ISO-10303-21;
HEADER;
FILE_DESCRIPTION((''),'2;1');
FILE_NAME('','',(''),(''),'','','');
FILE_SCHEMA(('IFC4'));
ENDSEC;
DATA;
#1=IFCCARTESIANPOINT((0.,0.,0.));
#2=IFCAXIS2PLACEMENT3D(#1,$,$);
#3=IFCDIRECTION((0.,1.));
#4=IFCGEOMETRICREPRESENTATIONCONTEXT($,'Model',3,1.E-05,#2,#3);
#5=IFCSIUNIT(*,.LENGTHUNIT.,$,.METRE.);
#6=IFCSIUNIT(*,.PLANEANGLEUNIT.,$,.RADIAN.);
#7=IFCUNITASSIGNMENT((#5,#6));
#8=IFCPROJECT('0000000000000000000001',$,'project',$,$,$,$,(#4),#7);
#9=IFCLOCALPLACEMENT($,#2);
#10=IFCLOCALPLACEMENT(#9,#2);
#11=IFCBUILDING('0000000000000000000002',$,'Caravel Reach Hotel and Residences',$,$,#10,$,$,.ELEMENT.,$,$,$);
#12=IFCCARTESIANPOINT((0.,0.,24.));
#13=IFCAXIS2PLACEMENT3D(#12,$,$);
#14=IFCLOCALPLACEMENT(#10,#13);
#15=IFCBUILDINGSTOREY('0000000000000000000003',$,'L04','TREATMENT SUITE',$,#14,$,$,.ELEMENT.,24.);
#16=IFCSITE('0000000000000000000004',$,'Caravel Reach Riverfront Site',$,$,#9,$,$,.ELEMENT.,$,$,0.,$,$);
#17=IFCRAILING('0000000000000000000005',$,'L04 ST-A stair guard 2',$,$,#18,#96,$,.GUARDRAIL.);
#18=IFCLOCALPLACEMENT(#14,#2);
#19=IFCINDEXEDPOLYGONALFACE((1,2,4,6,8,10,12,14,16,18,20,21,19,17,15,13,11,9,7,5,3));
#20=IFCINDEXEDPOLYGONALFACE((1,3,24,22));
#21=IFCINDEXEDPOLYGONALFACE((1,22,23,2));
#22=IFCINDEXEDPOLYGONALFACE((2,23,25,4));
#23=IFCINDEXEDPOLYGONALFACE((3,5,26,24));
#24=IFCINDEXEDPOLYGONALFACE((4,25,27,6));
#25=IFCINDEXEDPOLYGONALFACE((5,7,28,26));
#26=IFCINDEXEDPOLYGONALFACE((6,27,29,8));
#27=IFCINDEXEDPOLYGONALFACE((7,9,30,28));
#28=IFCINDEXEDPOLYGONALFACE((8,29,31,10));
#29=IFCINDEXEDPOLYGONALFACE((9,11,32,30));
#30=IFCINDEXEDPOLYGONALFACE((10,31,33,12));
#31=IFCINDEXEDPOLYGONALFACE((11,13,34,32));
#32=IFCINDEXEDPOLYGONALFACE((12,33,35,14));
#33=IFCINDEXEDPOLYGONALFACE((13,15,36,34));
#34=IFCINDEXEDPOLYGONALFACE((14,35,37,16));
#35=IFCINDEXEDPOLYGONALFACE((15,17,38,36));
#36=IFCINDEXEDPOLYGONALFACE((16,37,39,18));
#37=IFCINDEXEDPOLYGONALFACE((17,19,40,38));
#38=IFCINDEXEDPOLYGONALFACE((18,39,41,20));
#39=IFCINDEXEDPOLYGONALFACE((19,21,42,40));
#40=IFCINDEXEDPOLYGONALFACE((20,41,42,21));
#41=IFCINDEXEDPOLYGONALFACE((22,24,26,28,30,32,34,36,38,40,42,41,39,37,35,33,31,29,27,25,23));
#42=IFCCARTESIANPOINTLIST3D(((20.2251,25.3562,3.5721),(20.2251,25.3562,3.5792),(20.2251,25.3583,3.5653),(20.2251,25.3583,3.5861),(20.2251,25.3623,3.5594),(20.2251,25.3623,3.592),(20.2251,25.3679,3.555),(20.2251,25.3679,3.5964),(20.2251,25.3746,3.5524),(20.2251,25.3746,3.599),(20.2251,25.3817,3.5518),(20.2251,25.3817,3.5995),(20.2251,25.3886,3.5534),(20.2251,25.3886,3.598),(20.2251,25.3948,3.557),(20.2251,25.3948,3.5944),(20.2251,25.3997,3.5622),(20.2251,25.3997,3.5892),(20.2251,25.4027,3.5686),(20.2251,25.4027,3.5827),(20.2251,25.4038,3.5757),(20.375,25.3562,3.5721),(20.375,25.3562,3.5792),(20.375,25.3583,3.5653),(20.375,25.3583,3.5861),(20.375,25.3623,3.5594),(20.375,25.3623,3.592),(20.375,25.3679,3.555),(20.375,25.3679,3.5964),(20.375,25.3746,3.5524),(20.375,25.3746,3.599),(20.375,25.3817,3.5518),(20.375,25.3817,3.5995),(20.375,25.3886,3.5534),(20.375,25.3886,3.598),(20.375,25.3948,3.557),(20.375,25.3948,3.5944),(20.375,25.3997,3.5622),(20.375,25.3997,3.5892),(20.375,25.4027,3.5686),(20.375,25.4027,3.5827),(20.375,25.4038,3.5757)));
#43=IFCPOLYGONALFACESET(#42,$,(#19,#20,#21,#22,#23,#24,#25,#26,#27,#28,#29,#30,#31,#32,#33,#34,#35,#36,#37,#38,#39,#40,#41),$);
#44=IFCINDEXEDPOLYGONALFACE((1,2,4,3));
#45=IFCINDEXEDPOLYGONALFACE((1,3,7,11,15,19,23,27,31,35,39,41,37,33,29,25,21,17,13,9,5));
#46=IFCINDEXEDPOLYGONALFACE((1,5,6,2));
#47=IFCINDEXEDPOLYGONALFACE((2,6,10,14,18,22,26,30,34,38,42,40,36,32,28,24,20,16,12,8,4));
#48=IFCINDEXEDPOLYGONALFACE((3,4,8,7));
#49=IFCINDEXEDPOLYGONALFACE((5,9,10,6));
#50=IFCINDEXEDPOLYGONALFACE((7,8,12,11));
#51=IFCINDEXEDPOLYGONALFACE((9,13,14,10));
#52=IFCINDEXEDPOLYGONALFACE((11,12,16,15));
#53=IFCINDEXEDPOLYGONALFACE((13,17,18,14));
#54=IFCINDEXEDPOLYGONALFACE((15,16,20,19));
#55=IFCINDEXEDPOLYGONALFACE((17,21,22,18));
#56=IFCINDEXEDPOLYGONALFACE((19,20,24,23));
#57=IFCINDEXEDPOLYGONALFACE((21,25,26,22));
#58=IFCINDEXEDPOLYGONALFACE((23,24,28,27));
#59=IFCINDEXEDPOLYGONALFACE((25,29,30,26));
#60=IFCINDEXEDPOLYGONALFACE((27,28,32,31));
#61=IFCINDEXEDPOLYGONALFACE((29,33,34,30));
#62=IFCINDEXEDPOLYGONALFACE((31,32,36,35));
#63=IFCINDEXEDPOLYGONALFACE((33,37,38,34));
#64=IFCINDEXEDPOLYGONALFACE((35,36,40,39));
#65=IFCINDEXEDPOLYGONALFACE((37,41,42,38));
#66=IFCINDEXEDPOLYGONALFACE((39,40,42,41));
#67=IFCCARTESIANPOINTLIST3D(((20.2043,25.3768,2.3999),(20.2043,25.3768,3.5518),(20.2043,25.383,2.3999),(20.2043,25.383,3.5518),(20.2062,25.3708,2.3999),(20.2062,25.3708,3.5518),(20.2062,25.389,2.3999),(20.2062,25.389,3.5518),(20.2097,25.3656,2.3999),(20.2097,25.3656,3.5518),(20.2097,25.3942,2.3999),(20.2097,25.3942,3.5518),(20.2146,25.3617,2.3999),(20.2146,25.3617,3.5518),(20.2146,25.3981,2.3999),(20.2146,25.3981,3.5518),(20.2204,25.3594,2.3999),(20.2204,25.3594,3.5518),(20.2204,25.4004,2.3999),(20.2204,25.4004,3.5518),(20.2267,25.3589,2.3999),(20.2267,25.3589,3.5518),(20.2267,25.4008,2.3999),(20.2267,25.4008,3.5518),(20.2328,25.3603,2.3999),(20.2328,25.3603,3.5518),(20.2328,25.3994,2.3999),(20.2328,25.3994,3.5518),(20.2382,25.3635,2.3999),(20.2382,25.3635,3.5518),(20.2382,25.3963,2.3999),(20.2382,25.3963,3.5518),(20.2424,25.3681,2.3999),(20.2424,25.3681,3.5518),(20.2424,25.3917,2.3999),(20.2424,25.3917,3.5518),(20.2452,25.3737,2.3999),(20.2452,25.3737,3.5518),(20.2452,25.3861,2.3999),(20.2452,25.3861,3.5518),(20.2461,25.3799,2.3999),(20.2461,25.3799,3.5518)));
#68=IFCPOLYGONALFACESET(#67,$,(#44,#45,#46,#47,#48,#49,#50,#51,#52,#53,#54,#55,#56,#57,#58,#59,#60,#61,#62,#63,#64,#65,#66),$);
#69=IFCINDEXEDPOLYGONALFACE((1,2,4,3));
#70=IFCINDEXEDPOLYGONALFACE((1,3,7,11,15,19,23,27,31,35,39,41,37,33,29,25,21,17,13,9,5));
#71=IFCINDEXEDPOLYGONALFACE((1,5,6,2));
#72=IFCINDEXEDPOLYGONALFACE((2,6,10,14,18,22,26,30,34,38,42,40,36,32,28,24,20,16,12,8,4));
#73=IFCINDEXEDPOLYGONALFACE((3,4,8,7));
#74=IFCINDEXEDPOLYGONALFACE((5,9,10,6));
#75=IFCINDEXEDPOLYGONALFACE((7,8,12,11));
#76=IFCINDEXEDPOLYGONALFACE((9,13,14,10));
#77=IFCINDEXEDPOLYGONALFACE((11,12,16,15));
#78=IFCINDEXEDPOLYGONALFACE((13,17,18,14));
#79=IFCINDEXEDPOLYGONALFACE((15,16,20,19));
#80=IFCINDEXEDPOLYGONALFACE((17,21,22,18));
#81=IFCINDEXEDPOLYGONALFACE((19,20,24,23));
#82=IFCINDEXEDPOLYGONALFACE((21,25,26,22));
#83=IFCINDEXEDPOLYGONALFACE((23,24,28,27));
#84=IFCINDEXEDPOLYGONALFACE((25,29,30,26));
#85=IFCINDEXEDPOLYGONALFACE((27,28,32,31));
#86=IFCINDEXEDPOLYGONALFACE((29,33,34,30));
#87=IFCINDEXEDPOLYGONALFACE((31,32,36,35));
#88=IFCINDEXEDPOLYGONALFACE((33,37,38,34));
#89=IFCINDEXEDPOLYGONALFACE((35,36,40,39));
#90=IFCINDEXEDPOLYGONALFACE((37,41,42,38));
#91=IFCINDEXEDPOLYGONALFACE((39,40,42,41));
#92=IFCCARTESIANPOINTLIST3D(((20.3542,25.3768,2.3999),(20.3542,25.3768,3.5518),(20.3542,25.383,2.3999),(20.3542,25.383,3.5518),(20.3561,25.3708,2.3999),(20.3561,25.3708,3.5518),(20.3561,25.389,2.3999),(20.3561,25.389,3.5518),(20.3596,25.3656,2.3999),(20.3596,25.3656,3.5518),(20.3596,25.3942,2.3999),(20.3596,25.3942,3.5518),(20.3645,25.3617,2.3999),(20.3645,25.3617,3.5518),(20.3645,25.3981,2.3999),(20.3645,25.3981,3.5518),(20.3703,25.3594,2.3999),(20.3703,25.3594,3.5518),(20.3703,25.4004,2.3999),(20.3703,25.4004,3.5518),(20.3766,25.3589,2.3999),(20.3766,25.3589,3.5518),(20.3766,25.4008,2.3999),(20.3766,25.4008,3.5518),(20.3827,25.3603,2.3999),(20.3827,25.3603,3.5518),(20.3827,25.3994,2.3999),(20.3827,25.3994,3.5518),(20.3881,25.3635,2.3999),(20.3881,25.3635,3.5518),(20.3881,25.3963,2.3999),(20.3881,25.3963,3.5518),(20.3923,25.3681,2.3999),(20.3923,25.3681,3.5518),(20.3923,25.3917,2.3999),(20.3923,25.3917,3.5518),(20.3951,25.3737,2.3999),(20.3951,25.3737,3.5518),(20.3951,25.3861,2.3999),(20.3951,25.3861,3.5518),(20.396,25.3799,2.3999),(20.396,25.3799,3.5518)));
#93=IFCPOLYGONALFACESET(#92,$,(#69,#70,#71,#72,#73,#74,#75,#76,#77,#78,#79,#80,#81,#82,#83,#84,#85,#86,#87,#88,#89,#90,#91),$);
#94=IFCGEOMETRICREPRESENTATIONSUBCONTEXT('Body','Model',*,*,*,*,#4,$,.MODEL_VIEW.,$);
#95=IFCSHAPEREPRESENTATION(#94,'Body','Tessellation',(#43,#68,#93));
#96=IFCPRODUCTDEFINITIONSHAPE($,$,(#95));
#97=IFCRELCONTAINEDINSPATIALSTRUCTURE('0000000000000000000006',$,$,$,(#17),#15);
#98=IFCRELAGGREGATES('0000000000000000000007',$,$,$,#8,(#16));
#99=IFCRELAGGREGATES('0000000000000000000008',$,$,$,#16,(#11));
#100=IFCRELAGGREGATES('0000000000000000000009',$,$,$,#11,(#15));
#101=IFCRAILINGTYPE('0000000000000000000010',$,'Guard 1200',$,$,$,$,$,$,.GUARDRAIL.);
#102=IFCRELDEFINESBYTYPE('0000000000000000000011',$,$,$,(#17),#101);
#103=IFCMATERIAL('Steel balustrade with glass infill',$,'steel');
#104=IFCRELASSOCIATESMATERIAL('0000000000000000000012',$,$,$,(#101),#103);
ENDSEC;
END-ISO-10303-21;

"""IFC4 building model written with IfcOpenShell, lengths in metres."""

from ifc_helpers import new_model, si_unit, direction, frame, origin, origin_2d, place, context, subcontext, project, spatial, circle, extrude, material, type_object, element, save


model = new_model("IFC4")

# Units and contexts
model_context = context("Model", 3, precision=1e-05, world=origin(), true_north=direction((0.0, 1.0)))
body_context = subcontext(model_context, "Body", "Model", "MODEL_VIEW")
ifc_project = project(units=[si_unit("LENGTHUNIT", "METRE"), si_unit("PLANEANGLEUNIT", "RADIAN")], contexts=[model_context])

# Site, building, storey
site_placement = place(None, origin())
site = spatial("IfcSite", under=ifc_project, at=site_placement, Name="Caravel Reach Riverfront Site", CompositionType="ELEMENT", RefElevation=0.0)
building_placement = place(site_placement, origin())
building = spatial("IfcBuilding", under=site, at=building_placement, Name="Caravel Reach Hotel and Residences", CompositionType="ELEMENT")
storey_placement = place(building_placement, frame((0.0, 0.0, 24.0)))
storey = spatial("IfcBuildingStorey", under=building, at=storey_placement, Name="L04", Description="TREATMENT SUITE", CompositionType="ELEMENT", Elevation=24.0)

# Railing
ifc_material_1 = material(Name="Steel balustrade with glass infill", Category="steel")
railing_type_1 = type_object("IfcRailingType", Name="Guard 1200", PredefinedType="GUARDRAIL", material=ifc_material_1)
railing_1_placement = place(storey_placement, frame((20.2251, 25.3799, 2.3999)))
element("IfcRailing", 1, at=railing_1_placement, inside=storey, type_object=railing_type_1, Name="L04 ST-A stair guard 2", PredefinedType="GUARDRAIL", context=body_context, shape_type="SweptSolid", body=[
    extrude(circle(Radius=0.0239, at=origin_2d()), frame((0.0, 0.0, 1.1758), z_axis=(1.0, 0.0, 0.0), x_axis=(0.0, 1.0, 0.0)), (0.0, 0.0, 1.0), 0.1499),
    extrude(circle(Radius=0.021, at=origin_2d()), origin(), (0.0, 0.0, 1.0), 1.1519),
    extrude(circle(Radius=0.021, at=origin_2d()), frame((0.1499, 0.0, 0.0)), (0.0, 0.0, 1.0), 1.1519),
])

save(model, "model.ifc")
